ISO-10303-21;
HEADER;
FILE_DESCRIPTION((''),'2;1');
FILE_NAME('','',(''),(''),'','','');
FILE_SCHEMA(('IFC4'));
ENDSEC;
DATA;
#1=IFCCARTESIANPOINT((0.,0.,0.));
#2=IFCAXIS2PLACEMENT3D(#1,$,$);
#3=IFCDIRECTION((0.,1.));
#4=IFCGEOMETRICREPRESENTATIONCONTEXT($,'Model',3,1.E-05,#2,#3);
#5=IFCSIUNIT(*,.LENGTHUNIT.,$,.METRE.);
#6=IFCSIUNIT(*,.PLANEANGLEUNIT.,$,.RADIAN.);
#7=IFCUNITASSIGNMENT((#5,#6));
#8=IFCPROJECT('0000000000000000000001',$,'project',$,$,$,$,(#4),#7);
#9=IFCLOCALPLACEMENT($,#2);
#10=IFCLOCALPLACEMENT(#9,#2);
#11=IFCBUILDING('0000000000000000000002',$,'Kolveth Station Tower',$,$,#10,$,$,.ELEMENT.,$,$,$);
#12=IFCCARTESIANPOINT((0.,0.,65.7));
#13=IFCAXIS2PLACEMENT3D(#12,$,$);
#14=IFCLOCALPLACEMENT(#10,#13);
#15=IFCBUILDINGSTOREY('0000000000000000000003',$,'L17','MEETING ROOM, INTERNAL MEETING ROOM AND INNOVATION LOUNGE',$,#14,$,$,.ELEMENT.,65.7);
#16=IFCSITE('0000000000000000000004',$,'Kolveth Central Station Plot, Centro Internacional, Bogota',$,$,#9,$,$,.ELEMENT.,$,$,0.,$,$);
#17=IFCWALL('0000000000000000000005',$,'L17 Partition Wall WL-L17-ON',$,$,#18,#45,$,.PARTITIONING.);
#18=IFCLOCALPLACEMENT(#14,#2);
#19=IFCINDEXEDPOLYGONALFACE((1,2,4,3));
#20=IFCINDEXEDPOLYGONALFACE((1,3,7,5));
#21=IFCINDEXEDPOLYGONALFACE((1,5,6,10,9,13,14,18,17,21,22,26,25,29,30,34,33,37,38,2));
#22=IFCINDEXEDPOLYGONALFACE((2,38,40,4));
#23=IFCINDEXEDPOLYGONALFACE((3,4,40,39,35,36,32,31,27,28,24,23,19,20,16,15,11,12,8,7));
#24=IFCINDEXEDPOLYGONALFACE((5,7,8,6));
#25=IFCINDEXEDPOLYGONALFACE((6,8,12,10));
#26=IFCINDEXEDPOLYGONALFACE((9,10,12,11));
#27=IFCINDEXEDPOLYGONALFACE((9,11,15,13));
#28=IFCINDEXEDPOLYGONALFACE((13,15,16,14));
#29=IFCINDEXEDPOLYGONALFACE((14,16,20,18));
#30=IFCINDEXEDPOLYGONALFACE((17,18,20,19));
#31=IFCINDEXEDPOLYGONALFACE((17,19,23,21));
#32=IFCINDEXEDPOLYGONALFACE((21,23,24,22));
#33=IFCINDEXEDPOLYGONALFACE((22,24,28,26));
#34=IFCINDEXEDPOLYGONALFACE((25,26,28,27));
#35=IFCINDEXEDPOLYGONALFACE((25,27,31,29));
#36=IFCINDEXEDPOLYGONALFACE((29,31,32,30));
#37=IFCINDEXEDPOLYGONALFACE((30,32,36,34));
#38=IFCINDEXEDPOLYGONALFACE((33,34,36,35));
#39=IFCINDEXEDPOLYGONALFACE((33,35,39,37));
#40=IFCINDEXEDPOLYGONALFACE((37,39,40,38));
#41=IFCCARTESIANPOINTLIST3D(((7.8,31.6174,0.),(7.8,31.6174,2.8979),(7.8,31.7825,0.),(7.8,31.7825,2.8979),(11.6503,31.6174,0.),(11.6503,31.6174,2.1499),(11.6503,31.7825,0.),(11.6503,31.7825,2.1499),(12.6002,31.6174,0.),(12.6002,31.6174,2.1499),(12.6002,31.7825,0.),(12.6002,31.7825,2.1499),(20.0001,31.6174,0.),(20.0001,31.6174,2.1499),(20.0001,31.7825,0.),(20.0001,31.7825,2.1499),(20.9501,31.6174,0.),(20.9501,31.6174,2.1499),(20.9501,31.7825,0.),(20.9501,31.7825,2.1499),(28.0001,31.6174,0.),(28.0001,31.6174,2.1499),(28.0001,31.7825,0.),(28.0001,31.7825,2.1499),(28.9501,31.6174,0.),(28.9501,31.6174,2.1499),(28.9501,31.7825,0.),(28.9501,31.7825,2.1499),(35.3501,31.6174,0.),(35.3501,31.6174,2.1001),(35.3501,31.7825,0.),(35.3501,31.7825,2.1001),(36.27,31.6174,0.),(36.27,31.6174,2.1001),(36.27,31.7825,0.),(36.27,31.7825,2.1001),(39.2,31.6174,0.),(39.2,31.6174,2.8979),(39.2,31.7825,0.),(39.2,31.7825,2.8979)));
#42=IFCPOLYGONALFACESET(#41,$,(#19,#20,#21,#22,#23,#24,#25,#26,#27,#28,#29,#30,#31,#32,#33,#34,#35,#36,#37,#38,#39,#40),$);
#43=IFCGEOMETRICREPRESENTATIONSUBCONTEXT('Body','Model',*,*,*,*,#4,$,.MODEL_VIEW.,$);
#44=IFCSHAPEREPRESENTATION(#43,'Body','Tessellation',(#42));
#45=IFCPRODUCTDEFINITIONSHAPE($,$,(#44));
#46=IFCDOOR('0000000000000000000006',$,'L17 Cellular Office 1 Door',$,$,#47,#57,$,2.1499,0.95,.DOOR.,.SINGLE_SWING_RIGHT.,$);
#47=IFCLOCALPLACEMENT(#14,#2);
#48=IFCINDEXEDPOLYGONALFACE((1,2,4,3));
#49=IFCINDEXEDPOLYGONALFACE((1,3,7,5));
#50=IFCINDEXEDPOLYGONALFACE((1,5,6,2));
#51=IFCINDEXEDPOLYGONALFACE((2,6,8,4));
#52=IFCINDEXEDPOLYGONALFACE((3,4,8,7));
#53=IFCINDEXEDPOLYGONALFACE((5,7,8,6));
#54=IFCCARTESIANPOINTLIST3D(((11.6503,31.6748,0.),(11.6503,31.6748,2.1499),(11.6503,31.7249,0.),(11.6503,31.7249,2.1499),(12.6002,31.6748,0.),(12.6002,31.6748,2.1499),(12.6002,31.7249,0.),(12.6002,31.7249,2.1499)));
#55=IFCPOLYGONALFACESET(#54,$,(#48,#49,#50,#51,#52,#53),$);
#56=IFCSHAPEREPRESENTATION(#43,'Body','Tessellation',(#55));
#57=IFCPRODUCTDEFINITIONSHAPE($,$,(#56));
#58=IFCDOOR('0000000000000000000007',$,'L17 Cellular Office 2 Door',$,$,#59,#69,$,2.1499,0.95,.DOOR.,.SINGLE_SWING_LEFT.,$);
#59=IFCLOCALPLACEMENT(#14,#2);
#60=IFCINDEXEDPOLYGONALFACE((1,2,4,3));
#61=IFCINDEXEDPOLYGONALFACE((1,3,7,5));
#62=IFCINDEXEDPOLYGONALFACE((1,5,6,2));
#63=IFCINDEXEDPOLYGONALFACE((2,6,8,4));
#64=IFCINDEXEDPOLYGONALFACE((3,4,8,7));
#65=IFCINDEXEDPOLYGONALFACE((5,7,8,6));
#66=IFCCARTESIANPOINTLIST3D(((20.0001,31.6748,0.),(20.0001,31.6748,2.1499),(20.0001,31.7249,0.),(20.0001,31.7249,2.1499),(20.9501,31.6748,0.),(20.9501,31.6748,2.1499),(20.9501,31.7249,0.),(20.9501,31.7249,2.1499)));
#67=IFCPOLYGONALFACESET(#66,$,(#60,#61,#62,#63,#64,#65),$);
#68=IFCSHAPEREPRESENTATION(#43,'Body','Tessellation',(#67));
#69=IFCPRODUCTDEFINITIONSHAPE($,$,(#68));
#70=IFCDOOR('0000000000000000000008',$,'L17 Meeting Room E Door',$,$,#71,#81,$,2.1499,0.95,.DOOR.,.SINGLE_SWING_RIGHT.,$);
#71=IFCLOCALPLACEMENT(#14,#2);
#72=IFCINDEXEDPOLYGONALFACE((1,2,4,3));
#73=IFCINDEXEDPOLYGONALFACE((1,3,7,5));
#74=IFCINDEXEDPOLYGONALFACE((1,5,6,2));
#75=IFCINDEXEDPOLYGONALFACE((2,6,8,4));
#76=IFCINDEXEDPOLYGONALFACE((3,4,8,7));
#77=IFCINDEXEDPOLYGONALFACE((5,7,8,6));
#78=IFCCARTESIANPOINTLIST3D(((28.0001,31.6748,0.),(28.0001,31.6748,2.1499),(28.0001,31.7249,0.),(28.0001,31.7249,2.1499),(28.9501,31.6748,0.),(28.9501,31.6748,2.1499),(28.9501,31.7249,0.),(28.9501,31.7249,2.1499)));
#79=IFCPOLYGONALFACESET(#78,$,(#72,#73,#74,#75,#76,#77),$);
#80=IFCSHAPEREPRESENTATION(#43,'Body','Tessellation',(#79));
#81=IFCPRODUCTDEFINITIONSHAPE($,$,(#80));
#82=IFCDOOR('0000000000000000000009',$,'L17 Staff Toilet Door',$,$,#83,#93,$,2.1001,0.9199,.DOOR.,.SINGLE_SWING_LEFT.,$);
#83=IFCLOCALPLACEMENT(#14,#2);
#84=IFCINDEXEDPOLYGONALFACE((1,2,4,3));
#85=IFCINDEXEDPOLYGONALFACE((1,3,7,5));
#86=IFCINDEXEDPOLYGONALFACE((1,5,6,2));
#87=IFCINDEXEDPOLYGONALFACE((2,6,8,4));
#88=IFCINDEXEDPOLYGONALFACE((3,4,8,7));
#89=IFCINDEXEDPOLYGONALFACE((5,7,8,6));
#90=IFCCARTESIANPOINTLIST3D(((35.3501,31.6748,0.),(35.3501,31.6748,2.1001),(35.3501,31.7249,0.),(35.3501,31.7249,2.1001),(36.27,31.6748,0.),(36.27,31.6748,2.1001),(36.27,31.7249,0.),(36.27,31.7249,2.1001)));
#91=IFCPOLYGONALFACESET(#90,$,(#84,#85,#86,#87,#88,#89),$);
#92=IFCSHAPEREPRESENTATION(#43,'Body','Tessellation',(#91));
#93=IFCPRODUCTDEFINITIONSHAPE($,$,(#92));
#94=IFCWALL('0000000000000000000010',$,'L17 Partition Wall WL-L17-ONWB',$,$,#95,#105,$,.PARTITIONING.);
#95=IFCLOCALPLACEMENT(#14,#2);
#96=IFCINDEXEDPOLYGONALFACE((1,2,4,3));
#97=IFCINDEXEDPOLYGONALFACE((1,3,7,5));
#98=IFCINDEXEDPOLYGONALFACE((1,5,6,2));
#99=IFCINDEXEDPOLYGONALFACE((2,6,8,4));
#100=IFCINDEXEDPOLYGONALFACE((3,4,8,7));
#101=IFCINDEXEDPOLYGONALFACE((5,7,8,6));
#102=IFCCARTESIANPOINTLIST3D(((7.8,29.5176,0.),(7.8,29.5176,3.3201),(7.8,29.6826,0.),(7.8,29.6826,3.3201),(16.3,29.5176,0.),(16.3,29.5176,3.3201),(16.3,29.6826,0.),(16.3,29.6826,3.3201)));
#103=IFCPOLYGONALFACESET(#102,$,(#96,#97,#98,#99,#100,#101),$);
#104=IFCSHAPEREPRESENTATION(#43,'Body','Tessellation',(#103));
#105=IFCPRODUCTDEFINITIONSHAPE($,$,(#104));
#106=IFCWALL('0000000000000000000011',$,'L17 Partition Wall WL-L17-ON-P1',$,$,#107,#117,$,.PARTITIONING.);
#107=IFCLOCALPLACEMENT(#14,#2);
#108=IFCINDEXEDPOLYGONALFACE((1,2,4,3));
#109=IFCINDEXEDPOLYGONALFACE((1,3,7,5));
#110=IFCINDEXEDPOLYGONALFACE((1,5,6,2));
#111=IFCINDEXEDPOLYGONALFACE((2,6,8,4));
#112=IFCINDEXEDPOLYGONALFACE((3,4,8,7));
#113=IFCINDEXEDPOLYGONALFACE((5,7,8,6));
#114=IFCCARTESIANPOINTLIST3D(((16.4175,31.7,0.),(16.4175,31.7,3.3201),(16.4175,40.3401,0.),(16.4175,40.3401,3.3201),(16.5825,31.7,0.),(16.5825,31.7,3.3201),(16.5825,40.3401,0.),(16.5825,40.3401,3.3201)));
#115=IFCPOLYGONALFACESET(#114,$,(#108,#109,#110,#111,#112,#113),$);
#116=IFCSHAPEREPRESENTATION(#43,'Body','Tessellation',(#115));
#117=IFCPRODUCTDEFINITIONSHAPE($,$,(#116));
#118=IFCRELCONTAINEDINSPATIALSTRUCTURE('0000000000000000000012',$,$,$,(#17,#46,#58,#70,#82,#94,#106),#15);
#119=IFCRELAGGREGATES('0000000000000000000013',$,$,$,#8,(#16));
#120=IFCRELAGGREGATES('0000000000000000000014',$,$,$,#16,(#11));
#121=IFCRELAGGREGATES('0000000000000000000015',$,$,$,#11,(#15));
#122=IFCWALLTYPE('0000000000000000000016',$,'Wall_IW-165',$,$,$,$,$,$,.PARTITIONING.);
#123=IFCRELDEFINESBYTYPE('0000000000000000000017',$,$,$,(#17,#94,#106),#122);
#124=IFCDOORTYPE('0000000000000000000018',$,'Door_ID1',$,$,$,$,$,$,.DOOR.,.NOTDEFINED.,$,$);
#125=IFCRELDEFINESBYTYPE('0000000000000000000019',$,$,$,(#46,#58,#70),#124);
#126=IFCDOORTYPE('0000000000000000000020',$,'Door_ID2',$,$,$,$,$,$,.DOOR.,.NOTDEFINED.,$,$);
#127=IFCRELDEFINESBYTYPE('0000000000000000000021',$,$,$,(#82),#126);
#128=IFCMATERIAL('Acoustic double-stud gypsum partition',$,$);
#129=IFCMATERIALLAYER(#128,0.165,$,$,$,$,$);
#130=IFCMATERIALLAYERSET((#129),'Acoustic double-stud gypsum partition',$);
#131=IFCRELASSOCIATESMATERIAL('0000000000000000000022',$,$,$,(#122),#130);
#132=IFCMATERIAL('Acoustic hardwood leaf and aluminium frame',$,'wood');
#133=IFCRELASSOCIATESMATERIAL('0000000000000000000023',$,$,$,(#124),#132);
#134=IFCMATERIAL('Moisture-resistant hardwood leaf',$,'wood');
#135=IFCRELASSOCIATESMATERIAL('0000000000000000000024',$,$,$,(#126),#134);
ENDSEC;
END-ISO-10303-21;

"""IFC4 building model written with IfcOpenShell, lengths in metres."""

from ifc_helpers import new_model, si_unit, direction, frame, frame_2d, origin, place, context, subcontext, project, spatial, rectangle, extrude, material, layer, layer_set, type_object, element, fill, save


model = new_model("IFC4")

# Units and contexts
model_context = context("Model", 3, precision=1e-05, world=origin(), true_north=direction((0.0, 1.0)))
body_context = subcontext(model_context, "Body", "Model", "MODEL_VIEW")
ifc_project = project(units=[si_unit("LENGTHUNIT", "METRE"), si_unit("PLANEANGLEUNIT", "RADIAN")], contexts=[model_context])

# Site, building, storey
site_placement = place(None, origin())
site = spatial("IfcSite", under=ifc_project, at=site_placement, Name="Kolveth Central Station Plot, Centro Internacional, Bogota", CompositionType="ELEMENT", RefElevation=0.0)
building_placement = place(site_placement, origin())
building = spatial("IfcBuilding", under=site, at=building_placement, Name="Kolveth Station Tower", CompositionType="ELEMENT")
storey_placement = place(building_placement, frame((0.0, 0.0, 65.7)))
storey = spatial("IfcBuildingStorey", under=building, at=storey_placement, Name="L17", Description="MEETING ROOM, INTERNAL MEETING ROOM AND INNOVATION LOUNGE", CompositionType="ELEMENT", Elevation=65.7)

# Wall, openings, doors
ifc_material_1 = material(Name="Acoustic double-stud gypsum partition")
ifc_layer_1 = layer(ifc_material_1, 0.165)
ifc_layer_set_1 = layer_set([ifc_layer_1], Name="Acoustic double-stud gypsum partition")
wall_type = type_object("IfcWallType", Name="Wall_IW-165", PredefinedType="PARTITIONING", material=ifc_layer_set_1)
wall_1_placement = place(storey_placement, frame((7.8, 31.7, 0.0), z_axis=(0.0, 0.0, 1.0), x_axis=(1.0, 0.0, 0.0)))
wall_1 = element("IfcWall", 1, at=wall_1_placement, inside=storey, type_object=wall_type, Name="L17 Partition Wall WL-L17-ON", PredefinedType="PARTITIONING", context=body_context, shape_type="SweptSolid", body=[
    extrude(rectangle(XDim=31.3999, YDim=0.165, at=frame_2d((15.7, 0.0))), origin(), (0.0, 0.0, 1.0), 2.8979),
])
opening_1_placement = place(wall_1_placement, frame((3.8501, 0.0, 0.0)))
opening_1 = element("IfcOpeningElement", 2, at=opening_1_placement, cuts=wall_1, PredefinedType="OPENING", context=body_context, shape_type="SweptSolid", body=[
    extrude(rectangle(XDim=0.95, YDim=2.1499, at=frame_2d((0.4751, 1.075))), frame((0.0, 0.0925, 0.0), z_axis=(0.0, -1.0, 0.0), x_axis=(1.0, 0.0, 0.0)), (0.0, 0.0, 1.0), 0.1851),
])
opening_2_placement = place(wall_1_placement, frame((12.2, 0.0, 0.0)))
opening_2 = element("IfcOpeningElement", 3, at=opening_2_placement, cuts=wall_1, PredefinedType="OPENING", context=body_context, shape_type="SweptSolid", body=[
    extrude(rectangle(XDim=0.95, YDim=2.1499, at=frame_2d((0.4751, 1.075))), frame((0.0, 0.0925, 0.0), z_axis=(0.0, -1.0, 0.0), x_axis=(1.0, 0.0, 0.0)), (0.0, 0.0, 1.0), 0.1851),
])
opening_3_placement = place(wall_1_placement, frame((20.2, 0.0, 0.0)))
opening_3 = element("IfcOpeningElement", 4, at=opening_3_placement, cuts=wall_1, PredefinedType="OPENING", context=body_context, shape_type="SweptSolid", body=[
    extrude(rectangle(XDim=0.95, YDim=2.1499, at=frame_2d((0.4751, 1.075))), frame((0.0, 0.0925, 0.0), z_axis=(0.0, -1.0, 0.0), x_axis=(1.0, 0.0, 0.0)), (0.0, 0.0, 1.0), 0.1851),
])
opening_4_placement = place(wall_1_placement, frame((27.55, 0.0, 0.0)))
opening_4 = element("IfcOpeningElement", 5, at=opening_4_placement, cuts=wall_1, PredefinedType="OPENING", context=body_context, shape_type="SweptSolid", body=[
    extrude(rectangle(XDim=0.9199, YDim=2.1001, at=frame_2d((0.46, 1.05))), frame((0.0, 0.0925, 0.0), z_axis=(0.0, -1.0, 0.0), x_axis=(1.0, 0.0, 0.0)), (0.0, 0.0, 1.0), 0.1851),
])
ifc_material_2 = material(Name="Acoustic hardwood leaf and aluminium frame", Category="wood")
door_type_1 = type_object("IfcDoorType", Name="Door_ID1", OperationType="NOTDEFINED", PredefinedType="DOOR", material=ifc_material_2)
door_1_placement = place(opening_1_placement, origin())
door_1 = element("IfcDoor", 6, at=door_1_placement, inside=storey, type_object=door_type_1, Name="L17 Cellular Office 1 Door", OperationType="SINGLE_SWING_RIGHT", OverallHeight=2.1499, OverallWidth=0.95, PredefinedType="DOOR", context=body_context, shape_type="SweptSolid", body=[
    extrude(rectangle(XDim=0.95, YDim=2.1499, at=frame_2d((0.4751, 1.075))), frame((0.0, 0.0249, 0.0), z_axis=(0.0, -1.0, 0.0), x_axis=(1.0, 0.0, 0.0)), (0.0, 0.0, 1.0), 0.05),
])
fill(opening_1, door_1)
door_2_placement = place(opening_2_placement, origin())
door_2 = element("IfcDoor", 7, at=door_2_placement, inside=storey, type_object=door_type_1, Name="L17 Cellular Office 2 Door", OperationType="SINGLE_SWING_LEFT", OverallHeight=2.1499, OverallWidth=0.95, PredefinedType="DOOR", context=body_context, shape_type="SweptSolid", body=[
    extrude(rectangle(XDim=0.95, YDim=2.1499, at=frame_2d((0.4751, 1.075))), frame((0.0, 0.0249, 0.0), z_axis=(0.0, -1.0, 0.0), x_axis=(1.0, 0.0, 0.0)), (0.0, 0.0, 1.0), 0.05),
])
fill(opening_2, door_2)
door_3_placement = place(opening_3_placement, origin())
door_3 = element("IfcDoor", 8, at=door_3_placement, inside=storey, type_object=door_type_1, Name="L17 Meeting Room E Door", OperationType="SINGLE_SWING_RIGHT", OverallHeight=2.1499, OverallWidth=0.95, PredefinedType="DOOR", context=body_context, shape_type="SweptSolid", body=[
    extrude(rectangle(XDim=0.95, YDim=2.1499, at=frame_2d((0.4751, 1.075))), frame((0.0, 0.0249, 0.0), z_axis=(0.0, -1.0, 0.0), x_axis=(1.0, 0.0, 0.0)), (0.0, 0.0, 1.0), 0.05),
])
fill(opening_3, door_3)
ifc_material_3 = material(Name="Moisture-resistant hardwood leaf", Category="wood")
door_type_2 = type_object("IfcDoorType", Name="Door_ID2", OperationType="NOTDEFINED", PredefinedType="DOOR", material=ifc_material_3)
door_4_placement = place(opening_4_placement, origin())
door_4 = element("IfcDoor", 9, at=door_4_placement, inside=storey, type_object=door_type_2, Name="L17 Staff Toilet Door", OperationType="SINGLE_SWING_LEFT", OverallHeight=2.1001, OverallWidth=0.9199, PredefinedType="DOOR", context=body_context, shape_type="SweptSolid", body=[
    extrude(rectangle(XDim=0.9199, YDim=2.1001, at=frame_2d((0.46, 1.05))), frame((0.0, 0.0249, 0.0), z_axis=(0.0, -1.0, 0.0), x_axis=(1.0, 0.0, 0.0)), (0.0, 0.0, 1.0), 0.05),
])
fill(opening_4, door_4)

# Walls
wall_2_placement = place(storey_placement, frame((7.8, 29.6001, 0.0), z_axis=(0.0, 0.0, 1.0), x_axis=(1.0, 0.0, 0.0)))
element("IfcWall", 10, at=wall_2_placement, inside=storey, type_object=wall_type, Name="L17 Partition Wall WL-L17-ONWB", PredefinedType="PARTITIONING", context=body_context, shape_type="SweptSolid", body=[
    extrude(rectangle(XDim=8.5, YDim=0.165, at=frame_2d((4.25, 0.0))), origin(), (0.0, 0.0, 1.0), 3.3201),
])
wall_3_placement = place(storey_placement, frame((16.5, 31.7, 0.0), z_axis=(0.0, 0.0, 1.0), x_axis=(0.0, 1.0, 0.0)))
element("IfcWall", 11, at=wall_3_placement, inside=storey, type_object=wall_type, Name="L17 Partition Wall WL-L17-ON-P1", PredefinedType="PARTITIONING", context=body_context, shape_type="SweptSolid", body=[
    extrude(rectangle(XDim=8.6401, YDim=0.165, at=frame_2d((4.3201, 0.0))), origin(), (0.0, 0.0, 1.0), 3.3201),
])

save(model, "model.ifc")
